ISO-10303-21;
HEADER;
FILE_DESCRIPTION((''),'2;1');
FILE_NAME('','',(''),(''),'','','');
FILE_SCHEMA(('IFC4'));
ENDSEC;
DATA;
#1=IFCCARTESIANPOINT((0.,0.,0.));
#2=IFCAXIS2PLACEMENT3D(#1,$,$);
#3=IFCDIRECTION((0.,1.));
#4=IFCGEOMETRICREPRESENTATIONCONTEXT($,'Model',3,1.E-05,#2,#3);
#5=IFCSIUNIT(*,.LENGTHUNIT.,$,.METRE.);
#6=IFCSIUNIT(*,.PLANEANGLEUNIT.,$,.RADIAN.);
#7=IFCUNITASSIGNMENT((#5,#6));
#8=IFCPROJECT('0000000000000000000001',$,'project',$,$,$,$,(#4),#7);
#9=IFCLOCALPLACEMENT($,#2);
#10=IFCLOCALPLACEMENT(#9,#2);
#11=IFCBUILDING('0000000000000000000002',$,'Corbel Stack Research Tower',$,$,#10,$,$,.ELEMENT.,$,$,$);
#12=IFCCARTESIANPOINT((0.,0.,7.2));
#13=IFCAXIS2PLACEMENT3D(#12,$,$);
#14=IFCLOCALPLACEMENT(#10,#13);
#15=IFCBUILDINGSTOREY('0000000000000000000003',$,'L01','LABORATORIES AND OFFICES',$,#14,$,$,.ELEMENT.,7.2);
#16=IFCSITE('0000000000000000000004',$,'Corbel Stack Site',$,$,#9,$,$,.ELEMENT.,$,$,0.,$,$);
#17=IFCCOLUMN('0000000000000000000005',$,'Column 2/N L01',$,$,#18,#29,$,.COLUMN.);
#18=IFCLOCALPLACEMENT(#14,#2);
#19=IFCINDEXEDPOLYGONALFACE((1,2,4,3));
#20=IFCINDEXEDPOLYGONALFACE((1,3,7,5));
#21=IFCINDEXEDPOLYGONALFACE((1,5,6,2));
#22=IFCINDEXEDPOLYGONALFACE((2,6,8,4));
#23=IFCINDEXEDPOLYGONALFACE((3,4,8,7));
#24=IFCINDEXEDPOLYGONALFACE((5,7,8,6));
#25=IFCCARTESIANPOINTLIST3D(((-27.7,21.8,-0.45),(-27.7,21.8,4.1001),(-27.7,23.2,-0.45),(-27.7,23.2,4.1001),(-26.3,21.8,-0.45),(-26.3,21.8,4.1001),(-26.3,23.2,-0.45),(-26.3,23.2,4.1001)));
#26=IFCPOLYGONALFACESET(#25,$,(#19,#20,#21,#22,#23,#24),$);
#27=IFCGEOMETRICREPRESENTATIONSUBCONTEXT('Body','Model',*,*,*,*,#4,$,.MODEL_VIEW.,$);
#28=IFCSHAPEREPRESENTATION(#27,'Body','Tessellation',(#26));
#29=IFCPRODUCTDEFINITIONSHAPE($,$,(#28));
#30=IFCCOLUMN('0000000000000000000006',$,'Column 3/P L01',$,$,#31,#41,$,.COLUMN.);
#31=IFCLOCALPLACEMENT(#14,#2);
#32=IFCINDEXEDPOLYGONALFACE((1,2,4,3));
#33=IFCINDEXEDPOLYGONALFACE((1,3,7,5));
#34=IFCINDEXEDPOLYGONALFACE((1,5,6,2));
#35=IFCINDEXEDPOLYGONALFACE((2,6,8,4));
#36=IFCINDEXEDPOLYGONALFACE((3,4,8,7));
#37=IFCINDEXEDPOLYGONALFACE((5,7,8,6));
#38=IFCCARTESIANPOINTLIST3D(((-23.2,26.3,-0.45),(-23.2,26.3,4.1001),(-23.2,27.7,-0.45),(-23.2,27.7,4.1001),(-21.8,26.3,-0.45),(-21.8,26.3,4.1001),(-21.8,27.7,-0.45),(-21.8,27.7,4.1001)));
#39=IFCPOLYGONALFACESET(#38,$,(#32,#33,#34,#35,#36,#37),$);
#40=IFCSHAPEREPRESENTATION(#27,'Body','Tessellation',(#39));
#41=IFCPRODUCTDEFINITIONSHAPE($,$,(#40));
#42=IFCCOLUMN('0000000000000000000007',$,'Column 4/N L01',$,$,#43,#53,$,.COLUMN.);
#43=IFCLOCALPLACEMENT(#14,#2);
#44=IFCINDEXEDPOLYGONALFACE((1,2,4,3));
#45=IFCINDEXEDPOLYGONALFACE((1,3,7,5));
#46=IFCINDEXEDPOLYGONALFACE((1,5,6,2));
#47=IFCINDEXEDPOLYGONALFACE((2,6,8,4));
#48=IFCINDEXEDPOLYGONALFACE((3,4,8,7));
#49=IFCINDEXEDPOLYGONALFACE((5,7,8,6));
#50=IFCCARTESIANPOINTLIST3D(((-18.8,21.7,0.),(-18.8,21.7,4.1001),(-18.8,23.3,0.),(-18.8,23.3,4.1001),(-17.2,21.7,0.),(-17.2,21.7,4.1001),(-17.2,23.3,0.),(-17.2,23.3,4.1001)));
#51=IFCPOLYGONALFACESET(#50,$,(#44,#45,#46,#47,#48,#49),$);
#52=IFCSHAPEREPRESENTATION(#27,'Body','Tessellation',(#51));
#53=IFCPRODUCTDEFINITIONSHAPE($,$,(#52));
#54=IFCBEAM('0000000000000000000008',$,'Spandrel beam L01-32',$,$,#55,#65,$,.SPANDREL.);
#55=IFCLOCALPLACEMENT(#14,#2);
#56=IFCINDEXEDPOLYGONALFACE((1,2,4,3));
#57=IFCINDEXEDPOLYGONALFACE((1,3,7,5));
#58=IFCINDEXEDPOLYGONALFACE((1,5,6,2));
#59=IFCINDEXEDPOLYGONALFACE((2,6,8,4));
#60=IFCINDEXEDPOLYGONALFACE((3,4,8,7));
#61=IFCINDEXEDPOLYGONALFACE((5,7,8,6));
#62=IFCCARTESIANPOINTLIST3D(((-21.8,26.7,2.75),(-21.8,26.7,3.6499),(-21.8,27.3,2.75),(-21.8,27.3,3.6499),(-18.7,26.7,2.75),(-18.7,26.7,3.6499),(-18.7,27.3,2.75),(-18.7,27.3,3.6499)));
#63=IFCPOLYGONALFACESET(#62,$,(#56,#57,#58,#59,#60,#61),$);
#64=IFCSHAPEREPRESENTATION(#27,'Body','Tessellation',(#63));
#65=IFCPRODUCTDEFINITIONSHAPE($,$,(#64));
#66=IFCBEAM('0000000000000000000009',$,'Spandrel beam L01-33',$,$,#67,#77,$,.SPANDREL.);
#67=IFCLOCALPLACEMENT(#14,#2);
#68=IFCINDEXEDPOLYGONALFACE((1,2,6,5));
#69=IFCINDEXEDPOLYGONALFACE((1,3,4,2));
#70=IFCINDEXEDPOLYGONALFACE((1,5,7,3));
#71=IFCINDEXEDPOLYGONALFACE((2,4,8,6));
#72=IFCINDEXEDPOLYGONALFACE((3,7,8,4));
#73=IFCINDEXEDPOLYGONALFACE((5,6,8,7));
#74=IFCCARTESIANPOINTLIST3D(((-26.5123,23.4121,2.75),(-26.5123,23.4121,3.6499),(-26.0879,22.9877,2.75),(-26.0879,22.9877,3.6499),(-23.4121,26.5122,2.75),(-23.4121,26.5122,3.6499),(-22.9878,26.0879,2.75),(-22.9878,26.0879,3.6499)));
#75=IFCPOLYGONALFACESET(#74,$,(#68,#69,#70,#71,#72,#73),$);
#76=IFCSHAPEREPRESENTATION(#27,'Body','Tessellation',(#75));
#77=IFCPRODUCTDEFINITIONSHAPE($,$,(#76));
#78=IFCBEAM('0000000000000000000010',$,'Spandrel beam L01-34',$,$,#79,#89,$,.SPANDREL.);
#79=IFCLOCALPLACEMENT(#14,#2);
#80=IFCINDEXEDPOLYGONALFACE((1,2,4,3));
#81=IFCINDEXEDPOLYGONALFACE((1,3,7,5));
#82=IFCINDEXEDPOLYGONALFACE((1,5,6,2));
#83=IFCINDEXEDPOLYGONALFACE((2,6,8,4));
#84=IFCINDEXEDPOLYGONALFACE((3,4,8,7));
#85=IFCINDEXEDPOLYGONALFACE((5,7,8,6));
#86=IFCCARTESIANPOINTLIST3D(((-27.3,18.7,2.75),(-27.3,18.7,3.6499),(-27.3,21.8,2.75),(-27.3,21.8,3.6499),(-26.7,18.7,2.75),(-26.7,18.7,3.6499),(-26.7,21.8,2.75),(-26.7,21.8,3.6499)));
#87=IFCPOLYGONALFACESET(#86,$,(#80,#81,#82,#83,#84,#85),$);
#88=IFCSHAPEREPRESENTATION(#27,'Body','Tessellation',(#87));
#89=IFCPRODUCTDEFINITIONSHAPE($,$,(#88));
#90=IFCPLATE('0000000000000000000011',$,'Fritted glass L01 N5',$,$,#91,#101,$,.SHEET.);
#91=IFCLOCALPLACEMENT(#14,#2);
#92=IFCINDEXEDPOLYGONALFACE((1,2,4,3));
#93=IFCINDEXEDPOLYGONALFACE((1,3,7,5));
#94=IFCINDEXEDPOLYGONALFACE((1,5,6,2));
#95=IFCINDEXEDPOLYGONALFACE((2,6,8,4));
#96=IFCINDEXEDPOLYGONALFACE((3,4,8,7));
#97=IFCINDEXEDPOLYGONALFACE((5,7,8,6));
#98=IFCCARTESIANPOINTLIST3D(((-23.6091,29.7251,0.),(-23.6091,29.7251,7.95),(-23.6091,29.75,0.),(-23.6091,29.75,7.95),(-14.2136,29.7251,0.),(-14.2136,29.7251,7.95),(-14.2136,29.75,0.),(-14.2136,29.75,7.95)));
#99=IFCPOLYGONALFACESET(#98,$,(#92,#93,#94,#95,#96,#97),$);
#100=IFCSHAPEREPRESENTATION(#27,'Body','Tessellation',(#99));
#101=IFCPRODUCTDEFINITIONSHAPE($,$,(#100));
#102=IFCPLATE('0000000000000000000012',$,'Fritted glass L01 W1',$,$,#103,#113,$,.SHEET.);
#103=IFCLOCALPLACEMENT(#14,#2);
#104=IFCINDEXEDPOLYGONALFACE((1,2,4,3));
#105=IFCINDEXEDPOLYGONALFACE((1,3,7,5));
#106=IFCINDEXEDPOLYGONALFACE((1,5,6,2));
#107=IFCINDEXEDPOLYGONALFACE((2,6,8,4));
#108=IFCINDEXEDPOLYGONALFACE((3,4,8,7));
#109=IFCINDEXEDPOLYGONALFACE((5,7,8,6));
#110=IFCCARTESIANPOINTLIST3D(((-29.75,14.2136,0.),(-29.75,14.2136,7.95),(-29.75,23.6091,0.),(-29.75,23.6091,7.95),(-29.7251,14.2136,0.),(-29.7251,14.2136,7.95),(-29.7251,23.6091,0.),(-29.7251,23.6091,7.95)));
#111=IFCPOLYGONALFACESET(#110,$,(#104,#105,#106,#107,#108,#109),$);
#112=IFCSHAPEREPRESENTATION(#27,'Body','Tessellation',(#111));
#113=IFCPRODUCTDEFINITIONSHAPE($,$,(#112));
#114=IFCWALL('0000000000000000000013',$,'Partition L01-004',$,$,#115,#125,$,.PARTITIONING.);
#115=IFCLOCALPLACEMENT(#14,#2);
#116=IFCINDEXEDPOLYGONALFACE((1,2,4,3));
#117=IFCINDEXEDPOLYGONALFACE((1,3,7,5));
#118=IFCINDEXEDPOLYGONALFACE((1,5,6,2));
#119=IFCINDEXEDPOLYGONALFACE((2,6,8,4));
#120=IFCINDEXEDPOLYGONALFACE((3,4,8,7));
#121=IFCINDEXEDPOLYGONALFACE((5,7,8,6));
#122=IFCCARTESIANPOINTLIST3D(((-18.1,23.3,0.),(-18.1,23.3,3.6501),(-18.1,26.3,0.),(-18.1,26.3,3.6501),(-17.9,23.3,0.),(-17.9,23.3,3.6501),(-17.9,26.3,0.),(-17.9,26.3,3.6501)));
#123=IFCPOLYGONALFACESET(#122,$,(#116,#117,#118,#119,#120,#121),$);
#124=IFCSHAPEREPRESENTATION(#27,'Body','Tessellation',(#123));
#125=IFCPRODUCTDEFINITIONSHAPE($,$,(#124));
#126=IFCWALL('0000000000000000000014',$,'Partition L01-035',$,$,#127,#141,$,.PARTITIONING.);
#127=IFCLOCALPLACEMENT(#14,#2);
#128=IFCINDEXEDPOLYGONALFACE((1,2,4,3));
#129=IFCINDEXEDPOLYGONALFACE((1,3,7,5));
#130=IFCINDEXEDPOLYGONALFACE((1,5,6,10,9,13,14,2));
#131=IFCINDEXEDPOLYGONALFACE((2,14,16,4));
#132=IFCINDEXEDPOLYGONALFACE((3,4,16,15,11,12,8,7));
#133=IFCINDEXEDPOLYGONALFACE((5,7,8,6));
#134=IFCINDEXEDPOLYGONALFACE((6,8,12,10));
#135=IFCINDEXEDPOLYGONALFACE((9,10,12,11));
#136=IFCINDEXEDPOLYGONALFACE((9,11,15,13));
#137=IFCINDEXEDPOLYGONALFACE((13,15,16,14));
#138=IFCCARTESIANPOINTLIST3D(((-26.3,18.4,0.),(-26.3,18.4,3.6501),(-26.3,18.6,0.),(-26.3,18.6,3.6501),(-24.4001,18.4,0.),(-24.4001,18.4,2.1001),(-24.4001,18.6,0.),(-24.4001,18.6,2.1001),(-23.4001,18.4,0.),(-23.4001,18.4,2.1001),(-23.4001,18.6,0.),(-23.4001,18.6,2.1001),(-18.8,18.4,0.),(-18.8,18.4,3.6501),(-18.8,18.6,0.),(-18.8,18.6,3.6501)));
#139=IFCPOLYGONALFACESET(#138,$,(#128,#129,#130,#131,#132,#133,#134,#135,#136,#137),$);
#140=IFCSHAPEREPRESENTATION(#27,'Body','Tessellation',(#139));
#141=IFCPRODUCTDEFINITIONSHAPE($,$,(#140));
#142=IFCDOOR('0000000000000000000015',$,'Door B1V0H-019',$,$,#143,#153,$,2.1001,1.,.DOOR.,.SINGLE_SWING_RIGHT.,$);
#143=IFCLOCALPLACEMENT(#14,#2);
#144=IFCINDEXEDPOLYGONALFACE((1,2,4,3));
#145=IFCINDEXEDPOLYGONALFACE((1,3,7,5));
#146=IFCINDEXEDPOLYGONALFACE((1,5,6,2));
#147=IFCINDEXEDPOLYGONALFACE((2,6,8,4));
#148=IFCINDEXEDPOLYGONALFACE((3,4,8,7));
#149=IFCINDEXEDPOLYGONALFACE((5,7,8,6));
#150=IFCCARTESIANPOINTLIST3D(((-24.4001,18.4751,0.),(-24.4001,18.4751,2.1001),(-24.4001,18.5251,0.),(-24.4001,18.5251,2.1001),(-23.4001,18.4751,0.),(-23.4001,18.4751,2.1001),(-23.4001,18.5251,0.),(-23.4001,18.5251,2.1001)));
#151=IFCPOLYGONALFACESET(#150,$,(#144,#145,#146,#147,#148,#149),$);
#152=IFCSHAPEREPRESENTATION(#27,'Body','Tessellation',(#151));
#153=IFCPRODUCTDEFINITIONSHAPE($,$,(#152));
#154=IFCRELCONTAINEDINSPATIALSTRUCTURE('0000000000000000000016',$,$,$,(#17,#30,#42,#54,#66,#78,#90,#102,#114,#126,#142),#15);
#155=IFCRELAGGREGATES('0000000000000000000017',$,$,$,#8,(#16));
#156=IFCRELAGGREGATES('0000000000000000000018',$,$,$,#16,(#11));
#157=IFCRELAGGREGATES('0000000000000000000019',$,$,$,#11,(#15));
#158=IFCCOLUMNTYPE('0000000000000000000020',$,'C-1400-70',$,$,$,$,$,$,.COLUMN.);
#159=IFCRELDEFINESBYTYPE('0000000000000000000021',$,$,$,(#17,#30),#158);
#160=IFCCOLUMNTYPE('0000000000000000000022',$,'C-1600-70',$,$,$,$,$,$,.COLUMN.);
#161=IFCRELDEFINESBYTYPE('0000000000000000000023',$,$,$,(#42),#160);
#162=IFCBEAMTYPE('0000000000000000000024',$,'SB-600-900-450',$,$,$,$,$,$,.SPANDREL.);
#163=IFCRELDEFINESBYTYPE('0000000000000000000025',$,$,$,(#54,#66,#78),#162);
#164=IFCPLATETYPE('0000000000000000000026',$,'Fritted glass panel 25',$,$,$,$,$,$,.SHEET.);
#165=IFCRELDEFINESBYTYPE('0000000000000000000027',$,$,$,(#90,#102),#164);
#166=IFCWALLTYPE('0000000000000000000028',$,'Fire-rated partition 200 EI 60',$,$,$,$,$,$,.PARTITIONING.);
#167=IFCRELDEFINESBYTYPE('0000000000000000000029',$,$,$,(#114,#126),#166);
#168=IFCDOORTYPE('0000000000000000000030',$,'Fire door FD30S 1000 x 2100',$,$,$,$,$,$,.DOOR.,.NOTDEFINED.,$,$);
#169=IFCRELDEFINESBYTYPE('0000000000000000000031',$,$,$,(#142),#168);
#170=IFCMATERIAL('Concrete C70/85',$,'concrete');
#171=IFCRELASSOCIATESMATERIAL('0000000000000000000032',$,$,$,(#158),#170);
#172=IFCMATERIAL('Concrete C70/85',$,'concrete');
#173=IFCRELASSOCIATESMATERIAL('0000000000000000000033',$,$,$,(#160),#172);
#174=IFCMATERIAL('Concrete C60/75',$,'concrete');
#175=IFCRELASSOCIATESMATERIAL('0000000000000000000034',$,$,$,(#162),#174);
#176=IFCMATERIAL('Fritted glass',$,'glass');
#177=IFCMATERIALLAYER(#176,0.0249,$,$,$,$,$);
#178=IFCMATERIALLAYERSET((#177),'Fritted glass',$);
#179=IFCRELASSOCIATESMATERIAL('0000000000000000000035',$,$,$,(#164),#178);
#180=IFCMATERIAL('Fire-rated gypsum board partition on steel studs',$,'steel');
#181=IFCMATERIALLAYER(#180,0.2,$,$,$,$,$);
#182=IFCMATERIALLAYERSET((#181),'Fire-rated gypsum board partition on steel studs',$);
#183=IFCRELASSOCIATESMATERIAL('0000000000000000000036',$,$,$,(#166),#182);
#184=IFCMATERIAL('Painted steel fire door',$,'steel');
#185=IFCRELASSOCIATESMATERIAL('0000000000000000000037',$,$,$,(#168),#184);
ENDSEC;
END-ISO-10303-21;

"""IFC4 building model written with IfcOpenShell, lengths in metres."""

from ifc_helpers import new_model, si_unit, direction, frame, frame_2d, origin, origin_2d, place, context, subcontext, project, spatial, rectangle, extrude, material, layer, layer_set, material_profile, profile_set, type_object, element, fill, save


model = new_model("IFC4")

# Units and contexts
model_context = context("Model", 3, precision=1e-05, world=origin(), true_north=direction((0.0, 1.0)))
body_context = subcontext(model_context, "Body", "Model", "MODEL_VIEW")
ifc_project = project(units=[si_unit("LENGTHUNIT", "METRE"), si_unit("PLANEANGLEUNIT", "RADIAN")], contexts=[model_context])

# Site, building, storey
site_placement = place(None, origin())
site = spatial("IfcSite", under=ifc_project, at=site_placement, Name="Corbel Stack Site", CompositionType="ELEMENT", RefElevation=0.0)
building_placement = place(site_placement, origin())
building = spatial("IfcBuilding", under=site, at=building_placement, Name="Corbel Stack Research Tower", CompositionType="ELEMENT")
storey_placement = place(building_placement, frame((0.0, 0.0, 7.2)))
storey = spatial("IfcBuildingStorey", under=building, at=storey_placement, Name="L01", Description="LABORATORIES AND OFFICES", CompositionType="ELEMENT", Elevation=7.2)

# Columns
ifc_material_1 = material(Name="Concrete C70/85", Category="concrete")
ifc_material_profile_1 = material_profile(ifc_material_1, rectangle(XDim=1.3999, YDim=1.3999, at=origin_2d()), Name="RC 1400 x 1400")
ifc_profile_set_1 = profile_set([ifc_material_profile_1], Name="Concrete C70/85")
column_type_1 = type_object("IfcColumnType", Name="C-1400-70", PredefinedType="COLUMN", material=ifc_profile_set_1)
for number, where, z_axis, x_axis, name in (
    (1, (-27.0, 22.5, -0.45), (0.0, 0.0, 1.0), (1.0, 0.0, 0.0), "Column 2/N L01"),
    (2, (-22.5, 27.0, -0.45), (0.0, 0.0, 1.0), (1.0, 0.0, 0.0), "Column 3/P L01"),
):
    element("IfcColumn", number, at=place(storey_placement, frame(where, z_axis=z_axis, x_axis=x_axis)), inside=storey, type_object=column_type_1, Name=name, PredefinedType="COLUMN", context=body_context, shape_type="SweptSolid", body=[
        extrude(rectangle(XDim=1.3999, YDim=1.3999, at=origin_2d()), origin(), (0.0, 0.0, 1.0), 4.55),
    ])
ifc_material_2 = material(Name="Concrete C70/85", Category="concrete")
ifc_material_profile_2 = material_profile(ifc_material_2, rectangle(XDim=1.6001, YDim=1.6001, at=origin_2d()), Name="RC 1600 x 1600")
ifc_profile_set_2 = profile_set([ifc_material_profile_2], Name="Concrete C70/85")
column_type_2 = type_object("IfcColumnType", Name="C-1600-70", PredefinedType="COLUMN", material=ifc_profile_set_2)
column_placement = place(storey_placement, frame((-18.0, 22.5, 0.0), z_axis=(0.0, 0.0, 1.0), x_axis=(1.0, 0.0, 0.0)))
element("IfcColumn", 3, at=column_placement, inside=storey, type_object=column_type_2, Name="Column 4/N L01", PredefinedType="COLUMN", context=body_context, shape_type="SweptSolid", body=[
    extrude(rectangle(XDim=1.6001, YDim=1.6001, at=origin_2d()), origin(), (0.0, 0.0, 1.0), 4.1001),
])

# Beams
ifc_material_3 = material(Name="Concrete C60/75", Category="concrete")
ifc_material_profile_3 = material_profile(ifc_material_3, rectangle(XDim=0.6001, YDim=0.8999, at=origin_2d()), Name="RC 600 x 900")
ifc_profile_set_3 = profile_set([ifc_material_profile_3], Name="Concrete C60/75")
beam_type = type_object("IfcBeamType", Name="SB-600-900-450", PredefinedType="SPANDREL", material=ifc_profile_set_3)
beam_1_placement = place(storey_placement, frame((-18.7, 27.0, 3.2), z_axis=(-1.0, 0.0, 0.0), x_axis=(0.0, -1.0, 0.0)))
element("IfcBeam", 4, at=beam_1_placement, inside=storey, type_object=beam_type, Name="Spandrel beam L01-32", PredefinedType="SPANDREL", context=body_context, shape_type="SweptSolid", body=[
    extrude(rectangle(XDim=0.6001, YDim=0.8999, at=origin_2d()), origin(), (0.0, 0.0, 1.0), 3.1001),
])
beam_2_placement = place(storey_placement, frame((-23.2, 26.3, 3.2), z_axis=(-0.707107, -0.707107, 0.0), x_axis=(0.707107, -0.707107, 0.0)))
element("IfcBeam", 5, at=beam_2_placement, inside=storey, type_object=beam_type, Name="Spandrel beam L01-33", PredefinedType="SPANDREL", context=body_context, shape_type="SweptSolid", body=[
    extrude(rectangle(XDim=0.6001, YDim=0.8999, at=origin_2d()), origin(), (0.0, 0.0, 1.0), 4.3843),
])
beam_3_placement = place(storey_placement, frame((-27.0, 21.8, 3.2), z_axis=(0.0, -1.0, 0.0), x_axis=(1.0, 0.0, 0.0)))
element("IfcBeam", 6, at=beam_3_placement, inside=storey, type_object=beam_type, Name="Spandrel beam L01-34", PredefinedType="SPANDREL", context=body_context, shape_type="SweptSolid", body=[
    extrude(rectangle(XDim=0.6001, YDim=0.8999, at=origin_2d()), origin(), (0.0, 0.0, 1.0), 3.1001),
])

# Plates
ifc_material_4 = material(Name="Fritted glass", Category="glass")
ifc_layer_1 = layer(ifc_material_4, 0.0249)
ifc_layer_set_1 = layer_set([ifc_layer_1], Name="Fritted glass")
plate_type = type_object("IfcPlateType", Name="Fritted glass panel 25", PredefinedType="SHEET", material=ifc_layer_set_1)
for number, where, z_axis, x_axis, name in (
    (7, (-18.9114, 29.7375, 0.0), (0.0, 0.0, 1.0), (-1.0, 0.0, 0.0), "Fritted glass L01 N5"),
    (8, (-29.7375, 18.9114, 0.0), (0.0, 0.0, 1.0), (0.0, -1.0, 0.0), "Fritted glass L01 W1"),
):
    element("IfcPlate", number, at=place(storey_placement, frame(where, z_axis=z_axis, x_axis=x_axis)), inside=storey, type_object=plate_type, Name=name, PredefinedType="SHEET", context=body_context, shape_type="SweptSolid", body=[
        extrude(rectangle(XDim=9.3955, YDim=0.0249, at=origin_2d()), origin(), (0.0, 0.0, 1.0), 7.95),
    ])

# Wall
ifc_material_5 = material(Name="Fire-rated gypsum board partition on steel studs", Category="steel")
ifc_layer_2 = layer(ifc_material_5, 0.2)
ifc_layer_set_2 = layer_set([ifc_layer_2], Name="Fire-rated gypsum board partition on steel studs")
wall_type_1 = type_object("IfcWallType", Name="Fire-rated partition 200 EI 60", PredefinedType="PARTITIONING", material=ifc_layer_set_2)
wall_1_placement = place(storey_placement, frame((-18.0, 23.3, 0.0), z_axis=(0.0, 0.0, 1.0), x_axis=(0.0, 1.0, 0.0)))
element("IfcWall", 9, at=wall_1_placement, inside=storey, type_object=wall_type_1, Name="Partition L01-004", PredefinedType="PARTITIONING", context=body_context, shape_type="SweptSolid", body=[
    extrude(rectangle(XDim=3.0, YDim=0.2, at=frame_2d((1.5, 0.0))), origin(), (0.0, 0.0, 1.0), 3.6501),
])

# Wall, opening, door
wall_2_placement = place(storey_placement, frame((-18.8, 18.5, 0.0), z_axis=(0.0, 0.0, 1.0), x_axis=(-1.0, 0.0, 0.0)))
wall_2 = element("IfcWall", 10, at=wall_2_placement, inside=storey, type_object=wall_type_1, Name="Partition L01-035", PredefinedType="PARTITIONING", context=body_context, shape_type="SweptSolid", body=[
    extrude(rectangle(XDim=7.5, YDim=0.2, at=frame_2d((3.75, 0.0))), origin(), (0.0, 0.0, 1.0), 3.6501),
])
opening_1_placement = place(wall_2_placement, frame((4.6001, 0.0, 0.0)))
opening_1 = element("IfcOpeningElement", 11, at=opening_1_placement, cuts=wall_2, PredefinedType="OPENING", context=body_context, shape_type="SweptSolid", body=[
    extrude(rectangle(XDim=1.0, YDim=2.1001, at=frame_2d((0.5, 1.05))), frame((0.0, 0.1099, 0.0), z_axis=(0.0, -1.0, 0.0), x_axis=(1.0, 0.0, 0.0)), (0.0, 0.0, 1.0), 0.22),
])
ifc_material_6 = material(Name="Painted steel fire door", Category="steel")
door_type = type_object("IfcDoorType", Name="Fire door FD30S 1000 x 2100", OperationType="NOTDEFINED", PredefinedType="DOOR", material=ifc_material_6)
door_1_placement = place(opening_1_placement, origin())
door_1 = element("IfcDoor", 12, at=door_1_placement, inside=storey, type_object=door_type, Name="Door B1V0H-019", OperationType="SINGLE_SWING_RIGHT", OverallHeight=2.1001, OverallWidth=1.0, PredefinedType="DOOR", context=body_context, shape_type="SweptSolid", body=[
    extrude(rectangle(XDim=1.0, YDim=2.1001, at=frame_2d((0.5, 1.05))), frame((0.0, 0.0249, 0.0), z_axis=(0.0, -1.0, 0.0), x_axis=(1.0, 0.0, 0.0)), (0.0, 0.0, 1.0), 0.05),
])
fill(opening_1, door_1)

save(model, "model.ifc")
